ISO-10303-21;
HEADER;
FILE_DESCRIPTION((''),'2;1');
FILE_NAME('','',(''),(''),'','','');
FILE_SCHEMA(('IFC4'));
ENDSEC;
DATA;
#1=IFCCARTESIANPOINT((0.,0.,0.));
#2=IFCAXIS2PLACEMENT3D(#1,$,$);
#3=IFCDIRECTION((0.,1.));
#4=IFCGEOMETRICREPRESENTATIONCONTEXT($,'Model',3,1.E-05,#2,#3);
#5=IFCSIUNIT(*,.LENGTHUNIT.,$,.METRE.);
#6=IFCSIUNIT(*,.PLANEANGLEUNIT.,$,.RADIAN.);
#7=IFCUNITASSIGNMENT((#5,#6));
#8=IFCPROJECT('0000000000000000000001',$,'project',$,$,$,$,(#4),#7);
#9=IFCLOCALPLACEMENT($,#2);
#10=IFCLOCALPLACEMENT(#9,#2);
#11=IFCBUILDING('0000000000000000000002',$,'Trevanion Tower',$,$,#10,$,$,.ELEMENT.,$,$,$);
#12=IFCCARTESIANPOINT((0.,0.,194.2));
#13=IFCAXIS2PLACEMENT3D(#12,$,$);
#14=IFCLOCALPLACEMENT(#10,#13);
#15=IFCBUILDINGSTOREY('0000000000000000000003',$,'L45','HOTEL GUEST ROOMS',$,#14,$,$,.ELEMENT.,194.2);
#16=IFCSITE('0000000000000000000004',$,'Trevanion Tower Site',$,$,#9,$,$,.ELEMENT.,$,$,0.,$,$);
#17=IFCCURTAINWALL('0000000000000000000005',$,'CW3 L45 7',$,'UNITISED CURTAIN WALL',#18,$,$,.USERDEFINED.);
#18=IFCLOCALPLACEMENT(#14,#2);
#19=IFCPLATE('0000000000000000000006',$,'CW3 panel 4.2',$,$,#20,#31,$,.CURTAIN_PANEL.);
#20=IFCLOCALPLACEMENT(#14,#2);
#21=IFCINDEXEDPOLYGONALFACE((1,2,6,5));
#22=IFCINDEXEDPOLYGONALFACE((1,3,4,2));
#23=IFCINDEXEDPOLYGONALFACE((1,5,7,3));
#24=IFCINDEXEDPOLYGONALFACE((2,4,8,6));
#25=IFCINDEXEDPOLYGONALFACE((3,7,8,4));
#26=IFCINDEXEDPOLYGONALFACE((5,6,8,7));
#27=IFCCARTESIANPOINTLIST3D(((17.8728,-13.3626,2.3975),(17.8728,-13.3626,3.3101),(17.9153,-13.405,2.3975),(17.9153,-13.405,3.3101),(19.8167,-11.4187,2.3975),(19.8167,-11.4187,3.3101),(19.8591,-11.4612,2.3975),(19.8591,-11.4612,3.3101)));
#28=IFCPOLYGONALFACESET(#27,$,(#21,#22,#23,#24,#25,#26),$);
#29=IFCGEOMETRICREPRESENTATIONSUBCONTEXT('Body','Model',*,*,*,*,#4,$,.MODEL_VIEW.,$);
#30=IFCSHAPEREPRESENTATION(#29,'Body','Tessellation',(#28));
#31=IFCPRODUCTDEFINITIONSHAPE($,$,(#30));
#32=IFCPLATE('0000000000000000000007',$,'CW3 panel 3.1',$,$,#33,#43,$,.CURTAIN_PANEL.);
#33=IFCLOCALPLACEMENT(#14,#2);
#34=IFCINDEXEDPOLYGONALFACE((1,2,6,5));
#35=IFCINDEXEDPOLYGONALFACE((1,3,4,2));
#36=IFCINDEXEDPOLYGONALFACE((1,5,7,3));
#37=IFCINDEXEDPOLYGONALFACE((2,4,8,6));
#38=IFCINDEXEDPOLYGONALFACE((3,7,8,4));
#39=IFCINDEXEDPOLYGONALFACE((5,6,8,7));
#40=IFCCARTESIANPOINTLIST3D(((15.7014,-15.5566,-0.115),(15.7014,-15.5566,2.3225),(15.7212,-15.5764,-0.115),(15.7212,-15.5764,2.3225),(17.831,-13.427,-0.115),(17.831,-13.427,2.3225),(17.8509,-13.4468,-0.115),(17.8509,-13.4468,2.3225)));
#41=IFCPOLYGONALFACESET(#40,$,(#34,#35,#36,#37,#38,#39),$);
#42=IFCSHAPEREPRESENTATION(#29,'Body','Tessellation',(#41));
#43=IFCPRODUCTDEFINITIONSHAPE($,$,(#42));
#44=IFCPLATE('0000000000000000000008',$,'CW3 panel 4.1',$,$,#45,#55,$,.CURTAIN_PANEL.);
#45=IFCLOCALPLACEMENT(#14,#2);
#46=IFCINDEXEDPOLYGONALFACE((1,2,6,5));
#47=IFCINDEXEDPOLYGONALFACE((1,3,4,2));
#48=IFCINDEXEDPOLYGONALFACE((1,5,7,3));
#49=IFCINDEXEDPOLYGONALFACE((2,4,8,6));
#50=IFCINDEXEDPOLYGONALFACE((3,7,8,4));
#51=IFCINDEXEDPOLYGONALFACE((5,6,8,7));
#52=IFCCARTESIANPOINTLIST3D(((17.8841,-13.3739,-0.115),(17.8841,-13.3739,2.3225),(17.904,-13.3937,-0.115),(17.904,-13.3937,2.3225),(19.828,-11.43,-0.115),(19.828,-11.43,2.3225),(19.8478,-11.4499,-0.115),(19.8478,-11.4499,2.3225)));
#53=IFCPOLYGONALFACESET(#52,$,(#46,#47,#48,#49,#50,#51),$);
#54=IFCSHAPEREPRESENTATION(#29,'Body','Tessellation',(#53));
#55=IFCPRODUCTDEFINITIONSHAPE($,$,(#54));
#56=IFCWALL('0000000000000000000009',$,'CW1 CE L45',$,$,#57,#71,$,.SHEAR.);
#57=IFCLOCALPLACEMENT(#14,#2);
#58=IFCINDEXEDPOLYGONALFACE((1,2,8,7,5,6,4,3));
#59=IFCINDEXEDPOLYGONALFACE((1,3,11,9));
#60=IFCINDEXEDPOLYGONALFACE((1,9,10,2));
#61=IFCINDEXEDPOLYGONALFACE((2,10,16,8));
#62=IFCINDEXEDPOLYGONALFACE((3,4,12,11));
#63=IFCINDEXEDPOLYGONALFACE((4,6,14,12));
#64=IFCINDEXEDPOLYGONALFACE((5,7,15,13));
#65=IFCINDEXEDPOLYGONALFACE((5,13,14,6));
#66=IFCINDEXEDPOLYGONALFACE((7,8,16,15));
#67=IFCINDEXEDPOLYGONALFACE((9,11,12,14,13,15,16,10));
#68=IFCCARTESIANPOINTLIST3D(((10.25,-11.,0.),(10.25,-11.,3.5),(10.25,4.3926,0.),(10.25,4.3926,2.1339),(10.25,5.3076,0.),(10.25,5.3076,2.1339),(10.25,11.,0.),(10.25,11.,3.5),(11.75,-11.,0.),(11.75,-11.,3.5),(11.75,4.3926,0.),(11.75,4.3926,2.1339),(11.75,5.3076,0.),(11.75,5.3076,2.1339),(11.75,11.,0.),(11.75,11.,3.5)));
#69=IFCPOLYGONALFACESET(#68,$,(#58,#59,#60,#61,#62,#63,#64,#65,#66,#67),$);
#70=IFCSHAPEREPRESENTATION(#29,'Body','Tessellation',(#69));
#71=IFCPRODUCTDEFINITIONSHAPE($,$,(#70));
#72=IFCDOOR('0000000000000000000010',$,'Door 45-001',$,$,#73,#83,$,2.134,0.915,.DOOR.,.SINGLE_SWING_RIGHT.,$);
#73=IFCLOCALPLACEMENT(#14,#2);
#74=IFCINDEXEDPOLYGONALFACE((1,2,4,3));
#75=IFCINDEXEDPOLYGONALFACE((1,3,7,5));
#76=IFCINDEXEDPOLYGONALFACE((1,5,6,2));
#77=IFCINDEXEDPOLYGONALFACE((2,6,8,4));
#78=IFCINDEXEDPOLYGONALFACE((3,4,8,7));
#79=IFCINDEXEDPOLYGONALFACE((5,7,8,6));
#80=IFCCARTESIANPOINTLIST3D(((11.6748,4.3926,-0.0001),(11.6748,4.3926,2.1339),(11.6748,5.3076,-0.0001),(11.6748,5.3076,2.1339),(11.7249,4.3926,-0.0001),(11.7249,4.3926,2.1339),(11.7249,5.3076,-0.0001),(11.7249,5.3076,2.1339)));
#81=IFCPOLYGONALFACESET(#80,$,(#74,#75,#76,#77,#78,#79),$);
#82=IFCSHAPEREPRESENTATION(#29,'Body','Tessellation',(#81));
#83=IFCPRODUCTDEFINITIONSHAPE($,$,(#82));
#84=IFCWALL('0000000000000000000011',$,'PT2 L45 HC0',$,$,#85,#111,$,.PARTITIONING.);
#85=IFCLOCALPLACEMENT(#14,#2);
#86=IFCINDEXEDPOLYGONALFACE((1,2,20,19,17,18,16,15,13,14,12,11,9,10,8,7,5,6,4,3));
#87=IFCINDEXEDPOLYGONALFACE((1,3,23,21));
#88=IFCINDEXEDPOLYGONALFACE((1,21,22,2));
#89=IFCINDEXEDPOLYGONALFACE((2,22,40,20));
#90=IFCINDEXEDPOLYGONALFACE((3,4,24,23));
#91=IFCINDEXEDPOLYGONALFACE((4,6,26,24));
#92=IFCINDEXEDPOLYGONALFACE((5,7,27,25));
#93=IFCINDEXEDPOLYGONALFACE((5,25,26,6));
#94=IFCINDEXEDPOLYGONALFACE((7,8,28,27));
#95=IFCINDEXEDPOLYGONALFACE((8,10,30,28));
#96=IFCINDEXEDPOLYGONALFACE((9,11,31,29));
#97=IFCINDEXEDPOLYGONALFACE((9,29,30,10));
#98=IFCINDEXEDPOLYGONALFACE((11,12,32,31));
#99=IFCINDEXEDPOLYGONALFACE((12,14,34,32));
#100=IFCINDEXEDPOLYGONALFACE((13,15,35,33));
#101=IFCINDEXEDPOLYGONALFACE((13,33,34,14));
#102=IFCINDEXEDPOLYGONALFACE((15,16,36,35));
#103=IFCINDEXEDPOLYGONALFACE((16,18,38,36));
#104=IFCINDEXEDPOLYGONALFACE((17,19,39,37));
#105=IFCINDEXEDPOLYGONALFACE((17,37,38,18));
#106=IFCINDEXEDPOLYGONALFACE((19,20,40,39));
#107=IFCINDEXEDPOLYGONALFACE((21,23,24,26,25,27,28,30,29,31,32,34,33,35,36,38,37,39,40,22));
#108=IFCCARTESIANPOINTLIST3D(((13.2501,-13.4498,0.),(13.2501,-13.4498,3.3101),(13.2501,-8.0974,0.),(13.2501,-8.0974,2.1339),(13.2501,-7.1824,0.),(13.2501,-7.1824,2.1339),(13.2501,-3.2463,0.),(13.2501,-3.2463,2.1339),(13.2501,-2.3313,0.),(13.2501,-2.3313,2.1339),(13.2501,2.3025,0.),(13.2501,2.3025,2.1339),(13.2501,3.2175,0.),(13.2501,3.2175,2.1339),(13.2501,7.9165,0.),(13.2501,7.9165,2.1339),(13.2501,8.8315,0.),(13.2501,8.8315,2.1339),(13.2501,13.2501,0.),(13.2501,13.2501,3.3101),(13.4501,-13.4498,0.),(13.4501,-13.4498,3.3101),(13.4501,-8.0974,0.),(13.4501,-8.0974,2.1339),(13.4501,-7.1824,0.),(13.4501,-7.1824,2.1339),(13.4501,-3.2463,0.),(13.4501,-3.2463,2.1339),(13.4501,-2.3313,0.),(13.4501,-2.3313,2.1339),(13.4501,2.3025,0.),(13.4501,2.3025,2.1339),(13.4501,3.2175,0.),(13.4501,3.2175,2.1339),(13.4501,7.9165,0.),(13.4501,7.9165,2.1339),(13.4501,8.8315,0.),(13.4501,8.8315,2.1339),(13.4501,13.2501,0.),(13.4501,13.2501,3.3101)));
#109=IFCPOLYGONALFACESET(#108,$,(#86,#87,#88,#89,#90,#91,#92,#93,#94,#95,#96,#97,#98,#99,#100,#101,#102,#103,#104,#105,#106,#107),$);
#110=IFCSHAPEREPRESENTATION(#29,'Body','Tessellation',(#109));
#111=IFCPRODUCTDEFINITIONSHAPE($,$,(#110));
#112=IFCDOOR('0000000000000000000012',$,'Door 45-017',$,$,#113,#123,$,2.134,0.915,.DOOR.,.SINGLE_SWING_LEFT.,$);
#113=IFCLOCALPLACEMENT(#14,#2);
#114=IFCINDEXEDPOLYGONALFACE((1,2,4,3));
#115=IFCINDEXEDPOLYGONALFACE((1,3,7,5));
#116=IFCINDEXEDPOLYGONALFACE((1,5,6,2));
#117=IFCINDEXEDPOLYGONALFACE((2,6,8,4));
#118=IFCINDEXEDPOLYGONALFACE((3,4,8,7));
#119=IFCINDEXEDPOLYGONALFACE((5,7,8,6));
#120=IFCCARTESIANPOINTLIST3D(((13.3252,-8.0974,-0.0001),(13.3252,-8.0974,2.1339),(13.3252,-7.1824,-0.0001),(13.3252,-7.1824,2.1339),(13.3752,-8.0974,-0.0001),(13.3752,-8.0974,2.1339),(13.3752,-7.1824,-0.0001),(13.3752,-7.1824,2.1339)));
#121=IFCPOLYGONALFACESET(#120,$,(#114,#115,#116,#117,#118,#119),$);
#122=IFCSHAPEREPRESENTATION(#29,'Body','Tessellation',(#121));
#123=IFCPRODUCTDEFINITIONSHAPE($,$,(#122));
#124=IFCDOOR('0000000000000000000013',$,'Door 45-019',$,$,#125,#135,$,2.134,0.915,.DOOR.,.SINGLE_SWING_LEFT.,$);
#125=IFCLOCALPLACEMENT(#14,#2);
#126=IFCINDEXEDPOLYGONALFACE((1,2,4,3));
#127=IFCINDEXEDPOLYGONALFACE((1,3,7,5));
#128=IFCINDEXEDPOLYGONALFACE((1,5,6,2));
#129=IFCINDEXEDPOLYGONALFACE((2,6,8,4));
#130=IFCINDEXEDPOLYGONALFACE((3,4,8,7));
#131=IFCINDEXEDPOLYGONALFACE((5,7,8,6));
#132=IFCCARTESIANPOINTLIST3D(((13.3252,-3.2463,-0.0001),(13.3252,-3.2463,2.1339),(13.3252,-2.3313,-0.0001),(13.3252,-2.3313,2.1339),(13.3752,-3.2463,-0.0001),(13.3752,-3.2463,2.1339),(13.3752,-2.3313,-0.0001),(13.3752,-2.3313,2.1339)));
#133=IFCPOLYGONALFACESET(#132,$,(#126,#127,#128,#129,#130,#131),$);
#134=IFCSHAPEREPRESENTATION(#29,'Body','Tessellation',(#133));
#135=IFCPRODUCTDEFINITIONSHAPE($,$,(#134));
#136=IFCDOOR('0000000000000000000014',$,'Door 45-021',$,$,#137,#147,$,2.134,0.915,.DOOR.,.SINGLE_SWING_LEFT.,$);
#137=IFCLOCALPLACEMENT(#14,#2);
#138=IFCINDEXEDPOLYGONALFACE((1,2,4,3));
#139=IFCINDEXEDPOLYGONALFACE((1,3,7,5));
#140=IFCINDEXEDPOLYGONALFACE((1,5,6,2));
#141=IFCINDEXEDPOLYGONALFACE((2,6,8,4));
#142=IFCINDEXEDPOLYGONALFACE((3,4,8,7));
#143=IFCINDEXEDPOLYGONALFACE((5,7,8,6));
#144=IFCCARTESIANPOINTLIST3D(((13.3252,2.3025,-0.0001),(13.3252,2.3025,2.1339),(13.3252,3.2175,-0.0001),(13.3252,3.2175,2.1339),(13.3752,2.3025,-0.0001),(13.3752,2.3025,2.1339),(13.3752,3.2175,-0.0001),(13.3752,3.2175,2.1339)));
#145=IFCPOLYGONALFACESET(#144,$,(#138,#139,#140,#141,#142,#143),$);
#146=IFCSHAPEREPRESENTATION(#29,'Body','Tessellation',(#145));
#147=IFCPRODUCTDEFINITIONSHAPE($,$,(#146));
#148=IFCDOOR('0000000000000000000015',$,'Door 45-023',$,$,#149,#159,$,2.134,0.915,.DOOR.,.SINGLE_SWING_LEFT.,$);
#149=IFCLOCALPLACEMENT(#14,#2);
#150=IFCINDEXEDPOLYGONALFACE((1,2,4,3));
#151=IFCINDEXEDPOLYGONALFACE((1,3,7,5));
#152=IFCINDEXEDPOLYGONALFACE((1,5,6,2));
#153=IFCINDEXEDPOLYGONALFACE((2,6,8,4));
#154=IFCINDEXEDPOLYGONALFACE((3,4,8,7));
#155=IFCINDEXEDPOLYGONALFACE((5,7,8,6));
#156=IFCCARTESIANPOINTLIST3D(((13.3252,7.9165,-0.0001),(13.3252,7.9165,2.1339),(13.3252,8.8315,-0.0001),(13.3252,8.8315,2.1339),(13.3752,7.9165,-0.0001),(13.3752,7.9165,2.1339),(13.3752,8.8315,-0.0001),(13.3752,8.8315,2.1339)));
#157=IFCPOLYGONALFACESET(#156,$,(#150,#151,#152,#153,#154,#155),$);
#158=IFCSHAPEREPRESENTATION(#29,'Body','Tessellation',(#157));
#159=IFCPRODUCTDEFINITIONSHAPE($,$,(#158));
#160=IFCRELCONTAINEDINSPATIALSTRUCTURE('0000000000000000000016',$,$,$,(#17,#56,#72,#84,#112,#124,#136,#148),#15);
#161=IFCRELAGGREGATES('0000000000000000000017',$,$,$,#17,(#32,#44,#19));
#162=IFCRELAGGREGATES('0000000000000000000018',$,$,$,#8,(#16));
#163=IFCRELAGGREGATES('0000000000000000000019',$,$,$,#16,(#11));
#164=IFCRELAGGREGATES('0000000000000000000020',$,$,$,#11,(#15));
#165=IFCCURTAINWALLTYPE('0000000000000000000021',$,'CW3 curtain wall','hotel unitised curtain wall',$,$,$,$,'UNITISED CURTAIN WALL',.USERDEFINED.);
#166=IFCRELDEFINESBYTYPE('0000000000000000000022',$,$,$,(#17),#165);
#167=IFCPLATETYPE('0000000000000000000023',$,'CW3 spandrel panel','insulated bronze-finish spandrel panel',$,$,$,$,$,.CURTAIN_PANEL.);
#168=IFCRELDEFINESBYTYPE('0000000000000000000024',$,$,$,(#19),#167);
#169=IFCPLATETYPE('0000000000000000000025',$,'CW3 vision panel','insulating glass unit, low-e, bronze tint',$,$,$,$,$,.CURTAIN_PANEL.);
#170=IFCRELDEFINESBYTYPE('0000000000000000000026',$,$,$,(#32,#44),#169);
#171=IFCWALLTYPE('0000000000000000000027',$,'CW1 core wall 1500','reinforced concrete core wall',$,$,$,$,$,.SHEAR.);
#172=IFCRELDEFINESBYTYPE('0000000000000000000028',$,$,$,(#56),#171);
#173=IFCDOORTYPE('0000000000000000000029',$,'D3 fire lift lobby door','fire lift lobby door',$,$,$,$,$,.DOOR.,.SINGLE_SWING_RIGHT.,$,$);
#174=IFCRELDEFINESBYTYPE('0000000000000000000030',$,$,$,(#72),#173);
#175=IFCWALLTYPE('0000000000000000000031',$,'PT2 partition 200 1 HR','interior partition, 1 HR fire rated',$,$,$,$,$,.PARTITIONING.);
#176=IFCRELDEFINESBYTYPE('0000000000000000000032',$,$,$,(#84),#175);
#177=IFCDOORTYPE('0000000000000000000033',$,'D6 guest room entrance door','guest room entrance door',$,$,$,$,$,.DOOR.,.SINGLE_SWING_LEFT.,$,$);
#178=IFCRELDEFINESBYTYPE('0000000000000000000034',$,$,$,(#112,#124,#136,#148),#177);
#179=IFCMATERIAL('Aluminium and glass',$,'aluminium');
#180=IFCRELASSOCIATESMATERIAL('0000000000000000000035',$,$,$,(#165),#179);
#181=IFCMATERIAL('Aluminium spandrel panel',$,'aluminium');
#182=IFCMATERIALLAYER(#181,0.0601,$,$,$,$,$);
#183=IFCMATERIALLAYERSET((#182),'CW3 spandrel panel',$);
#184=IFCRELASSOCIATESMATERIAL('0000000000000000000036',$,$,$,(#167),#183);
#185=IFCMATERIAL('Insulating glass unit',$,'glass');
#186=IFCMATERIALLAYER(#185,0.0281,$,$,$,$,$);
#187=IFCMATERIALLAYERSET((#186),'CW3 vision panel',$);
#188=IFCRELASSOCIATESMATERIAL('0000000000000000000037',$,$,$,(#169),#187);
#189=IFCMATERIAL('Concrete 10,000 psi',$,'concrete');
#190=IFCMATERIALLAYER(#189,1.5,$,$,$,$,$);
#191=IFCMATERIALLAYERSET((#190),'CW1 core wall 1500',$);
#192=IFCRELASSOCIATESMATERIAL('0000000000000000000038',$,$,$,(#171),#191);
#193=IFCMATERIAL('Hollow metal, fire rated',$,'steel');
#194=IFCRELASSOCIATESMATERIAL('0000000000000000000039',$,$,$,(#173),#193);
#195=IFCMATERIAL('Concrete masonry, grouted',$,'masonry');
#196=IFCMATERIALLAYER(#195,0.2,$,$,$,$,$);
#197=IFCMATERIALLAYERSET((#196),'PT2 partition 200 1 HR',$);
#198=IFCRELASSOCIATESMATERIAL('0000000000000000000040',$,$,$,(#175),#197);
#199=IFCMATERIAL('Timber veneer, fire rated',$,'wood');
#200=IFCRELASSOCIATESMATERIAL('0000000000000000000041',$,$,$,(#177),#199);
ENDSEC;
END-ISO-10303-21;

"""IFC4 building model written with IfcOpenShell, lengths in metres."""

from ifc_helpers import new_model, si_unit, direction, frame, frame_2d, origin, origin_2d, place, context, subcontext, project, spatial, rectangle, extrude, material, layer, layer_set, type_object, element, fill, aggregate, save


model = new_model("IFC4")

# Units and contexts
model_context = context("Model", 3, precision=1e-05, world=origin(), true_north=direction((0.0, 1.0)))
body_context = subcontext(model_context, "Body", "Model", "MODEL_VIEW")
ifc_project = project(units=[si_unit("LENGTHUNIT", "METRE"), si_unit("PLANEANGLEUNIT", "RADIAN")], contexts=[model_context])

# Site, building, storey
site_placement = place(None, origin())
site = spatial("IfcSite", under=ifc_project, at=site_placement, Name="Trevanion Tower Site", CompositionType="ELEMENT", RefElevation=0.0)
building_placement = place(site_placement, origin())
building = spatial("IfcBuilding", under=site, at=building_placement, Name="Trevanion Tower", CompositionType="ELEMENT")
storey_placement = place(building_placement, frame((0.0, 0.0, 194.2)))
storey = spatial("IfcBuildingStorey", under=building, at=storey_placement, Name="L45", Description="HOTEL GUEST ROOMS", CompositionType="ELEMENT", Elevation=194.2)

# Curtain wall
ifc_material_1 = material(Name="Aluminium and glass", Category="aluminium")
curtain_wall_type = type_object("IfcCurtainWallType", Name="CW3 curtain wall", Description="hotel unitised curtain wall", ElementType="UNITISED CURTAIN WALL", PredefinedType="USERDEFINED", material=ifc_material_1)
curtain_wall_placement = place(storey_placement, origin())
curtain_wall = element("IfcCurtainWall", 1, at=curtain_wall_placement, inside=storey, type_object=curtain_wall_type, Name="CW3 L45 7", ObjectType="UNITISED CURTAIN WALL", PredefinedType="USERDEFINED")

# Plates
ifc_material_2 = material(Name="Aluminium spandrel panel", Category="aluminium")
ifc_layer_1 = layer(ifc_material_2, 0.0601)
ifc_layer_set_1 = layer_set([ifc_layer_1], Name="CW3 spandrel panel")
plate_type_1 = type_object("IfcPlateType", Name="CW3 spandrel panel", Description="insulated bronze-finish spandrel panel", PredefinedType="CURTAIN_PANEL", material=ifc_layer_set_1)
plate_1_placement = place(storey_placement, frame((18.866, -12.4119, 2.3975), z_axis=(0.0, 0.0, 1.0), x_axis=(0.707107, 0.707107, 0.0)))
plate_1 = element("IfcPlate", 2, at=plate_1_placement, type_object=plate_type_1, Name="CW3 panel 4.2", PredefinedType="CURTAIN_PANEL", context=body_context, shape_type="SweptSolid", body=[
    extrude(rectangle(XDim=2.749, YDim=0.0601, at=origin_2d()), origin(), (0.0, 0.0, 1.0), 0.9126),
])
ifc_material_3 = material(Name="Insulating glass unit", Category="glass")
ifc_layer_2 = layer(ifc_material_3, 0.0281)
ifc_layer_set_2 = layer_set([ifc_layer_2], Name="CW3 vision panel")
plate_type_2 = type_object("IfcPlateType", Name="CW3 vision panel", Description="insulating glass unit, low-e, bronze tint", PredefinedType="CURTAIN_PANEL", material=ifc_layer_set_2)
plate_2_placement = place(storey_placement, frame((16.7761, -14.5017, -0.115), z_axis=(0.0, 0.0, 1.0), x_axis=(0.707107, 0.707107, 0.0)))
plate_2 = element("IfcPlate", 3, at=plate_2_placement, type_object=plate_type_2, Name="CW3 panel 3.1", PredefinedType="CURTAIN_PANEL", context=body_context, shape_type="SweptSolid", body=[
    extrude(rectangle(XDim=3.0117, YDim=0.0281, at=origin_2d()), origin(), (0.0, 0.0, 1.0), 2.4375),
])
plate_3_placement = place(storey_placement, frame((18.866, -12.4119, -0.115), z_axis=(0.0, 0.0, 1.0), x_axis=(0.707107, 0.707107, 0.0)))
plate_3 = element("IfcPlate", 4, at=plate_3_placement, type_object=plate_type_2, Name="CW3 panel 4.1", PredefinedType="CURTAIN_PANEL", context=body_context, shape_type="SweptSolid", body=[
    extrude(rectangle(XDim=2.749, YDim=0.0281, at=origin_2d()), origin(), (0.0, 0.0, 1.0), 2.4375),
])
aggregate(curtain_wall, [plate_2, plate_3, plate_1])

# Wall, opening, door
ifc_material_4 = material(Name="Concrete 10,000 psi", Category="concrete")
ifc_layer_3 = layer(ifc_material_4, 1.5)
ifc_layer_set_3 = layer_set([ifc_layer_3], Name="CW1 core wall 1500")
wall_type_1 = type_object("IfcWallType", Name="CW1 core wall 1500", Description="reinforced concrete core wall", PredefinedType="SHEAR", material=ifc_layer_set_3)
wall_1_placement = place(storey_placement, frame((11.0, -11.0, 0.0), z_axis=(0.0, 0.0, 1.0), x_axis=(0.0, 1.0, 0.0)))
wall_1 = element("IfcWall", 5, at=wall_1_placement, inside=storey, type_object=wall_type_1, Name="CW1 CE L45", PredefinedType="SHEAR", context=body_context, shape_type="SweptSolid", body=[
    extrude(rectangle(XDim=22.0, YDim=1.5, at=frame_2d((11.0, 0.0))), origin(), (0.0, 0.0, 1.0), 3.5),
])
opening_1_placement = place(wall_1_placement, frame((15.3926, 0.0, 0.0)))
opening_1 = element("IfcOpeningElement", 6, at=opening_1_placement, cuts=wall_1, PredefinedType="OPENING", context=body_context, shape_type="SweptSolid", body=[
    extrude(rectangle(XDim=0.915, YDim=2.134, at=frame_2d((0.4575, 1.0669))), frame((0.0, 0.76, 0.0), z_axis=(0.0, -1.0, 0.0), x_axis=(1.0, 0.0, 0.0)), (0.0, 0.0, 1.0), 1.52),
])
ifc_material_5 = material(Name="Hollow metal, fire rated", Category="steel")
door_type_1 = type_object("IfcDoorType", Name="D3 fire lift lobby door", Description="fire lift lobby door", OperationType="SINGLE_SWING_RIGHT", PredefinedType="DOOR", material=ifc_material_5)
door_1_placement = place(opening_1_placement, origin())
door_1 = element("IfcDoor", 7, at=door_1_placement, inside=storey, type_object=door_type_1, Name="Door 45-001", OperationType="SINGLE_SWING_RIGHT", OverallHeight=2.134, OverallWidth=0.915, PredefinedType="DOOR", context=body_context, shape_type="SweptSolid", body=[
    extrude(rectangle(XDim=0.915, YDim=2.134, at=frame_2d((0.4575, 1.0669))), frame((0.0, -0.6748, 0.0), z_axis=(0.0, -1.0, 0.0), x_axis=(1.0, 0.0, 0.0)), (0.0, 0.0, 1.0), 0.05),
])
fill(opening_1, door_1)

# Wall, openings, doors
ifc_material_6 = material(Name="Concrete masonry, grouted", Category="masonry")
ifc_layer_4 = layer(ifc_material_6, 0.2)
ifc_layer_set_4 = layer_set([ifc_layer_4], Name="PT2 partition 200 1 HR")
wall_type_2 = type_object("IfcWallType", Name="PT2 partition 200 1 HR", Description="interior partition, 1 HR fire rated", PredefinedType="PARTITIONING", material=ifc_layer_set_4)
wall_2_placement = place(storey_placement, frame((13.3501, -13.45, 0.0), z_axis=(0.0, 0.0, 1.0), x_axis=(0.0, 1.0, 0.0)))
wall_2 = element("IfcWall", 8, at=wall_2_placement, inside=storey, type_object=wall_type_2, Name="PT2 L45 HC0", PredefinedType="PARTITIONING", context=body_context, shape_type="SweptSolid", body=[
    extrude(rectangle(XDim=26.7, YDim=0.2, at=frame_2d((13.3501, 0.0))), origin(), (0.0, 0.0, 1.0), 3.3101),
])
opening_2_placement = place(wall_2_placement, frame((5.3525, 0.0, 0.0)))
opening_2 = element("IfcOpeningElement", 9, at=opening_2_placement, cuts=wall_2, PredefinedType="OPENING", context=body_context, shape_type="SweptSolid", body=[
    extrude(rectangle(XDim=0.915, YDim=2.134, at=frame_2d((0.4575, 1.0669))), frame((0.0, 0.1099, 0.0), z_axis=(0.0, -1.0, 0.0), x_axis=(1.0, 0.0, 0.0)), (0.0, 0.0, 1.0), 0.22),
])
opening_3_placement = place(wall_2_placement, frame((10.2036, 0.0, 0.0)))
opening_3 = element("IfcOpeningElement", 10, at=opening_3_placement, cuts=wall_2, PredefinedType="OPENING", context=body_context, shape_type="SweptSolid", body=[
    extrude(rectangle(XDim=0.915, YDim=2.134, at=frame_2d((0.4575, 1.0669))), frame((0.0, 0.1099, 0.0), z_axis=(0.0, -1.0, 0.0), x_axis=(1.0, 0.0, 0.0)), (0.0, 0.0, 1.0), 0.22),
])
opening_4_placement = place(wall_2_placement, frame((15.7524, 0.0, 0.0)))
opening_4 = element("IfcOpeningElement", 11, at=opening_4_placement, cuts=wall_2, PredefinedType="OPENING", context=body_context, shape_type="SweptSolid", body=[
    extrude(rectangle(XDim=0.915, YDim=2.134, at=frame_2d((0.4575, 1.0669))), frame((0.0, 0.1099, 0.0), z_axis=(0.0, -1.0, 0.0), x_axis=(1.0, 0.0, 0.0)), (0.0, 0.0, 1.0), 0.22),
])
opening_5_placement = place(wall_2_placement, frame((21.3665, 0.0, 0.0)))
opening_5 = element("IfcOpeningElement", 12, at=opening_5_placement, cuts=wall_2, PredefinedType="OPENING", context=body_context, shape_type="SweptSolid", body=[
    extrude(rectangle(XDim=0.915, YDim=2.134, at=frame_2d((0.4575, 1.0669))), frame((0.0, 0.1099, 0.0), z_axis=(0.0, -1.0, 0.0), x_axis=(1.0, 0.0, 0.0)), (0.0, 0.0, 1.0), 0.22),
])
ifc_material_7 = material(Name="Timber veneer, fire rated", Category="wood")
door_type_2 = type_object("IfcDoorType", Name="D6 guest room entrance door", Description="guest room entrance door", OperationType="SINGLE_SWING_LEFT", PredefinedType="DOOR", material=ifc_material_7)
door_2_placement = place(opening_2_placement, origin())
door_2 = element("IfcDoor", 13, at=door_2_placement, inside=storey, type_object=door_type_2, Name="Door 45-017", OperationType="SINGLE_SWING_LEFT", OverallHeight=2.134, OverallWidth=0.915, PredefinedType="DOOR", context=body_context, shape_type="SweptSolid", body=[
    extrude(rectangle(XDim=0.915, YDim=2.134, at=frame_2d((0.4575, 1.0669))), frame((0.0, 0.0249, 0.0), z_axis=(0.0, -1.0, 0.0), x_axis=(1.0, 0.0, 0.0)), (0.0, 0.0, 1.0), 0.05),
])
fill(opening_2, door_2)
door_3_placement = place(opening_3_placement, origin())
door_3 = element("IfcDoor", 14, at=door_3_placement, inside=storey, type_object=door_type_2, Name="Door 45-019", OperationType="SINGLE_SWING_LEFT", OverallHeight=2.134, OverallWidth=0.915, PredefinedType="DOOR", context=body_context, shape_type="SweptSolid", body=[
    extrude(rectangle(XDim=0.915, YDim=2.134, at=frame_2d((0.4575, 1.0669))), frame((0.0, 0.0249, 0.0), z_axis=(0.0, -1.0, 0.0), x_axis=(1.0, 0.0, 0.0)), (0.0, 0.0, 1.0), 0.05),
])
fill(opening_3, door_3)
door_4_placement = place(opening_4_placement, origin())
door_4 = element("IfcDoor", 15, at=door_4_placement, inside=storey, type_object=door_type_2, Name="Door 45-021", OperationType="SINGLE_SWING_LEFT", OverallHeight=2.134, OverallWidth=0.915, PredefinedType="DOOR", context=body_context, shape_type="SweptSolid", body=[
    extrude(rectangle(XDim=0.915, YDim=2.134, at=frame_2d((0.4575, 1.0669))), frame((0.0, 0.0249, 0.0), z_axis=(0.0, -1.0, 0.0), x_axis=(1.0, 0.0, 0.0)), (0.0, 0.0, 1.0), 0.05),
])
fill(opening_4, door_4)
door_5_placement = place(opening_5_placement, origin())
door_5 = element("IfcDoor", 16, at=door_5_placement, inside=storey, type_object=door_type_2, Name="Door 45-023", OperationType="SINGLE_SWING_LEFT", OverallHeight=2.134, OverallWidth=0.915, PredefinedType="DOOR", context=body_context, shape_type="SweptSolid", body=[
    extrude(rectangle(XDim=0.915, YDim=2.134, at=frame_2d((0.4575, 1.0669))), frame((0.0, 0.0249, 0.0), z_axis=(0.0, -1.0, 0.0), x_axis=(1.0, 0.0, 0.0)), (0.0, 0.0, 1.0), 0.05),
])
fill(opening_5, door_5)

save(model, "model.ifc")
